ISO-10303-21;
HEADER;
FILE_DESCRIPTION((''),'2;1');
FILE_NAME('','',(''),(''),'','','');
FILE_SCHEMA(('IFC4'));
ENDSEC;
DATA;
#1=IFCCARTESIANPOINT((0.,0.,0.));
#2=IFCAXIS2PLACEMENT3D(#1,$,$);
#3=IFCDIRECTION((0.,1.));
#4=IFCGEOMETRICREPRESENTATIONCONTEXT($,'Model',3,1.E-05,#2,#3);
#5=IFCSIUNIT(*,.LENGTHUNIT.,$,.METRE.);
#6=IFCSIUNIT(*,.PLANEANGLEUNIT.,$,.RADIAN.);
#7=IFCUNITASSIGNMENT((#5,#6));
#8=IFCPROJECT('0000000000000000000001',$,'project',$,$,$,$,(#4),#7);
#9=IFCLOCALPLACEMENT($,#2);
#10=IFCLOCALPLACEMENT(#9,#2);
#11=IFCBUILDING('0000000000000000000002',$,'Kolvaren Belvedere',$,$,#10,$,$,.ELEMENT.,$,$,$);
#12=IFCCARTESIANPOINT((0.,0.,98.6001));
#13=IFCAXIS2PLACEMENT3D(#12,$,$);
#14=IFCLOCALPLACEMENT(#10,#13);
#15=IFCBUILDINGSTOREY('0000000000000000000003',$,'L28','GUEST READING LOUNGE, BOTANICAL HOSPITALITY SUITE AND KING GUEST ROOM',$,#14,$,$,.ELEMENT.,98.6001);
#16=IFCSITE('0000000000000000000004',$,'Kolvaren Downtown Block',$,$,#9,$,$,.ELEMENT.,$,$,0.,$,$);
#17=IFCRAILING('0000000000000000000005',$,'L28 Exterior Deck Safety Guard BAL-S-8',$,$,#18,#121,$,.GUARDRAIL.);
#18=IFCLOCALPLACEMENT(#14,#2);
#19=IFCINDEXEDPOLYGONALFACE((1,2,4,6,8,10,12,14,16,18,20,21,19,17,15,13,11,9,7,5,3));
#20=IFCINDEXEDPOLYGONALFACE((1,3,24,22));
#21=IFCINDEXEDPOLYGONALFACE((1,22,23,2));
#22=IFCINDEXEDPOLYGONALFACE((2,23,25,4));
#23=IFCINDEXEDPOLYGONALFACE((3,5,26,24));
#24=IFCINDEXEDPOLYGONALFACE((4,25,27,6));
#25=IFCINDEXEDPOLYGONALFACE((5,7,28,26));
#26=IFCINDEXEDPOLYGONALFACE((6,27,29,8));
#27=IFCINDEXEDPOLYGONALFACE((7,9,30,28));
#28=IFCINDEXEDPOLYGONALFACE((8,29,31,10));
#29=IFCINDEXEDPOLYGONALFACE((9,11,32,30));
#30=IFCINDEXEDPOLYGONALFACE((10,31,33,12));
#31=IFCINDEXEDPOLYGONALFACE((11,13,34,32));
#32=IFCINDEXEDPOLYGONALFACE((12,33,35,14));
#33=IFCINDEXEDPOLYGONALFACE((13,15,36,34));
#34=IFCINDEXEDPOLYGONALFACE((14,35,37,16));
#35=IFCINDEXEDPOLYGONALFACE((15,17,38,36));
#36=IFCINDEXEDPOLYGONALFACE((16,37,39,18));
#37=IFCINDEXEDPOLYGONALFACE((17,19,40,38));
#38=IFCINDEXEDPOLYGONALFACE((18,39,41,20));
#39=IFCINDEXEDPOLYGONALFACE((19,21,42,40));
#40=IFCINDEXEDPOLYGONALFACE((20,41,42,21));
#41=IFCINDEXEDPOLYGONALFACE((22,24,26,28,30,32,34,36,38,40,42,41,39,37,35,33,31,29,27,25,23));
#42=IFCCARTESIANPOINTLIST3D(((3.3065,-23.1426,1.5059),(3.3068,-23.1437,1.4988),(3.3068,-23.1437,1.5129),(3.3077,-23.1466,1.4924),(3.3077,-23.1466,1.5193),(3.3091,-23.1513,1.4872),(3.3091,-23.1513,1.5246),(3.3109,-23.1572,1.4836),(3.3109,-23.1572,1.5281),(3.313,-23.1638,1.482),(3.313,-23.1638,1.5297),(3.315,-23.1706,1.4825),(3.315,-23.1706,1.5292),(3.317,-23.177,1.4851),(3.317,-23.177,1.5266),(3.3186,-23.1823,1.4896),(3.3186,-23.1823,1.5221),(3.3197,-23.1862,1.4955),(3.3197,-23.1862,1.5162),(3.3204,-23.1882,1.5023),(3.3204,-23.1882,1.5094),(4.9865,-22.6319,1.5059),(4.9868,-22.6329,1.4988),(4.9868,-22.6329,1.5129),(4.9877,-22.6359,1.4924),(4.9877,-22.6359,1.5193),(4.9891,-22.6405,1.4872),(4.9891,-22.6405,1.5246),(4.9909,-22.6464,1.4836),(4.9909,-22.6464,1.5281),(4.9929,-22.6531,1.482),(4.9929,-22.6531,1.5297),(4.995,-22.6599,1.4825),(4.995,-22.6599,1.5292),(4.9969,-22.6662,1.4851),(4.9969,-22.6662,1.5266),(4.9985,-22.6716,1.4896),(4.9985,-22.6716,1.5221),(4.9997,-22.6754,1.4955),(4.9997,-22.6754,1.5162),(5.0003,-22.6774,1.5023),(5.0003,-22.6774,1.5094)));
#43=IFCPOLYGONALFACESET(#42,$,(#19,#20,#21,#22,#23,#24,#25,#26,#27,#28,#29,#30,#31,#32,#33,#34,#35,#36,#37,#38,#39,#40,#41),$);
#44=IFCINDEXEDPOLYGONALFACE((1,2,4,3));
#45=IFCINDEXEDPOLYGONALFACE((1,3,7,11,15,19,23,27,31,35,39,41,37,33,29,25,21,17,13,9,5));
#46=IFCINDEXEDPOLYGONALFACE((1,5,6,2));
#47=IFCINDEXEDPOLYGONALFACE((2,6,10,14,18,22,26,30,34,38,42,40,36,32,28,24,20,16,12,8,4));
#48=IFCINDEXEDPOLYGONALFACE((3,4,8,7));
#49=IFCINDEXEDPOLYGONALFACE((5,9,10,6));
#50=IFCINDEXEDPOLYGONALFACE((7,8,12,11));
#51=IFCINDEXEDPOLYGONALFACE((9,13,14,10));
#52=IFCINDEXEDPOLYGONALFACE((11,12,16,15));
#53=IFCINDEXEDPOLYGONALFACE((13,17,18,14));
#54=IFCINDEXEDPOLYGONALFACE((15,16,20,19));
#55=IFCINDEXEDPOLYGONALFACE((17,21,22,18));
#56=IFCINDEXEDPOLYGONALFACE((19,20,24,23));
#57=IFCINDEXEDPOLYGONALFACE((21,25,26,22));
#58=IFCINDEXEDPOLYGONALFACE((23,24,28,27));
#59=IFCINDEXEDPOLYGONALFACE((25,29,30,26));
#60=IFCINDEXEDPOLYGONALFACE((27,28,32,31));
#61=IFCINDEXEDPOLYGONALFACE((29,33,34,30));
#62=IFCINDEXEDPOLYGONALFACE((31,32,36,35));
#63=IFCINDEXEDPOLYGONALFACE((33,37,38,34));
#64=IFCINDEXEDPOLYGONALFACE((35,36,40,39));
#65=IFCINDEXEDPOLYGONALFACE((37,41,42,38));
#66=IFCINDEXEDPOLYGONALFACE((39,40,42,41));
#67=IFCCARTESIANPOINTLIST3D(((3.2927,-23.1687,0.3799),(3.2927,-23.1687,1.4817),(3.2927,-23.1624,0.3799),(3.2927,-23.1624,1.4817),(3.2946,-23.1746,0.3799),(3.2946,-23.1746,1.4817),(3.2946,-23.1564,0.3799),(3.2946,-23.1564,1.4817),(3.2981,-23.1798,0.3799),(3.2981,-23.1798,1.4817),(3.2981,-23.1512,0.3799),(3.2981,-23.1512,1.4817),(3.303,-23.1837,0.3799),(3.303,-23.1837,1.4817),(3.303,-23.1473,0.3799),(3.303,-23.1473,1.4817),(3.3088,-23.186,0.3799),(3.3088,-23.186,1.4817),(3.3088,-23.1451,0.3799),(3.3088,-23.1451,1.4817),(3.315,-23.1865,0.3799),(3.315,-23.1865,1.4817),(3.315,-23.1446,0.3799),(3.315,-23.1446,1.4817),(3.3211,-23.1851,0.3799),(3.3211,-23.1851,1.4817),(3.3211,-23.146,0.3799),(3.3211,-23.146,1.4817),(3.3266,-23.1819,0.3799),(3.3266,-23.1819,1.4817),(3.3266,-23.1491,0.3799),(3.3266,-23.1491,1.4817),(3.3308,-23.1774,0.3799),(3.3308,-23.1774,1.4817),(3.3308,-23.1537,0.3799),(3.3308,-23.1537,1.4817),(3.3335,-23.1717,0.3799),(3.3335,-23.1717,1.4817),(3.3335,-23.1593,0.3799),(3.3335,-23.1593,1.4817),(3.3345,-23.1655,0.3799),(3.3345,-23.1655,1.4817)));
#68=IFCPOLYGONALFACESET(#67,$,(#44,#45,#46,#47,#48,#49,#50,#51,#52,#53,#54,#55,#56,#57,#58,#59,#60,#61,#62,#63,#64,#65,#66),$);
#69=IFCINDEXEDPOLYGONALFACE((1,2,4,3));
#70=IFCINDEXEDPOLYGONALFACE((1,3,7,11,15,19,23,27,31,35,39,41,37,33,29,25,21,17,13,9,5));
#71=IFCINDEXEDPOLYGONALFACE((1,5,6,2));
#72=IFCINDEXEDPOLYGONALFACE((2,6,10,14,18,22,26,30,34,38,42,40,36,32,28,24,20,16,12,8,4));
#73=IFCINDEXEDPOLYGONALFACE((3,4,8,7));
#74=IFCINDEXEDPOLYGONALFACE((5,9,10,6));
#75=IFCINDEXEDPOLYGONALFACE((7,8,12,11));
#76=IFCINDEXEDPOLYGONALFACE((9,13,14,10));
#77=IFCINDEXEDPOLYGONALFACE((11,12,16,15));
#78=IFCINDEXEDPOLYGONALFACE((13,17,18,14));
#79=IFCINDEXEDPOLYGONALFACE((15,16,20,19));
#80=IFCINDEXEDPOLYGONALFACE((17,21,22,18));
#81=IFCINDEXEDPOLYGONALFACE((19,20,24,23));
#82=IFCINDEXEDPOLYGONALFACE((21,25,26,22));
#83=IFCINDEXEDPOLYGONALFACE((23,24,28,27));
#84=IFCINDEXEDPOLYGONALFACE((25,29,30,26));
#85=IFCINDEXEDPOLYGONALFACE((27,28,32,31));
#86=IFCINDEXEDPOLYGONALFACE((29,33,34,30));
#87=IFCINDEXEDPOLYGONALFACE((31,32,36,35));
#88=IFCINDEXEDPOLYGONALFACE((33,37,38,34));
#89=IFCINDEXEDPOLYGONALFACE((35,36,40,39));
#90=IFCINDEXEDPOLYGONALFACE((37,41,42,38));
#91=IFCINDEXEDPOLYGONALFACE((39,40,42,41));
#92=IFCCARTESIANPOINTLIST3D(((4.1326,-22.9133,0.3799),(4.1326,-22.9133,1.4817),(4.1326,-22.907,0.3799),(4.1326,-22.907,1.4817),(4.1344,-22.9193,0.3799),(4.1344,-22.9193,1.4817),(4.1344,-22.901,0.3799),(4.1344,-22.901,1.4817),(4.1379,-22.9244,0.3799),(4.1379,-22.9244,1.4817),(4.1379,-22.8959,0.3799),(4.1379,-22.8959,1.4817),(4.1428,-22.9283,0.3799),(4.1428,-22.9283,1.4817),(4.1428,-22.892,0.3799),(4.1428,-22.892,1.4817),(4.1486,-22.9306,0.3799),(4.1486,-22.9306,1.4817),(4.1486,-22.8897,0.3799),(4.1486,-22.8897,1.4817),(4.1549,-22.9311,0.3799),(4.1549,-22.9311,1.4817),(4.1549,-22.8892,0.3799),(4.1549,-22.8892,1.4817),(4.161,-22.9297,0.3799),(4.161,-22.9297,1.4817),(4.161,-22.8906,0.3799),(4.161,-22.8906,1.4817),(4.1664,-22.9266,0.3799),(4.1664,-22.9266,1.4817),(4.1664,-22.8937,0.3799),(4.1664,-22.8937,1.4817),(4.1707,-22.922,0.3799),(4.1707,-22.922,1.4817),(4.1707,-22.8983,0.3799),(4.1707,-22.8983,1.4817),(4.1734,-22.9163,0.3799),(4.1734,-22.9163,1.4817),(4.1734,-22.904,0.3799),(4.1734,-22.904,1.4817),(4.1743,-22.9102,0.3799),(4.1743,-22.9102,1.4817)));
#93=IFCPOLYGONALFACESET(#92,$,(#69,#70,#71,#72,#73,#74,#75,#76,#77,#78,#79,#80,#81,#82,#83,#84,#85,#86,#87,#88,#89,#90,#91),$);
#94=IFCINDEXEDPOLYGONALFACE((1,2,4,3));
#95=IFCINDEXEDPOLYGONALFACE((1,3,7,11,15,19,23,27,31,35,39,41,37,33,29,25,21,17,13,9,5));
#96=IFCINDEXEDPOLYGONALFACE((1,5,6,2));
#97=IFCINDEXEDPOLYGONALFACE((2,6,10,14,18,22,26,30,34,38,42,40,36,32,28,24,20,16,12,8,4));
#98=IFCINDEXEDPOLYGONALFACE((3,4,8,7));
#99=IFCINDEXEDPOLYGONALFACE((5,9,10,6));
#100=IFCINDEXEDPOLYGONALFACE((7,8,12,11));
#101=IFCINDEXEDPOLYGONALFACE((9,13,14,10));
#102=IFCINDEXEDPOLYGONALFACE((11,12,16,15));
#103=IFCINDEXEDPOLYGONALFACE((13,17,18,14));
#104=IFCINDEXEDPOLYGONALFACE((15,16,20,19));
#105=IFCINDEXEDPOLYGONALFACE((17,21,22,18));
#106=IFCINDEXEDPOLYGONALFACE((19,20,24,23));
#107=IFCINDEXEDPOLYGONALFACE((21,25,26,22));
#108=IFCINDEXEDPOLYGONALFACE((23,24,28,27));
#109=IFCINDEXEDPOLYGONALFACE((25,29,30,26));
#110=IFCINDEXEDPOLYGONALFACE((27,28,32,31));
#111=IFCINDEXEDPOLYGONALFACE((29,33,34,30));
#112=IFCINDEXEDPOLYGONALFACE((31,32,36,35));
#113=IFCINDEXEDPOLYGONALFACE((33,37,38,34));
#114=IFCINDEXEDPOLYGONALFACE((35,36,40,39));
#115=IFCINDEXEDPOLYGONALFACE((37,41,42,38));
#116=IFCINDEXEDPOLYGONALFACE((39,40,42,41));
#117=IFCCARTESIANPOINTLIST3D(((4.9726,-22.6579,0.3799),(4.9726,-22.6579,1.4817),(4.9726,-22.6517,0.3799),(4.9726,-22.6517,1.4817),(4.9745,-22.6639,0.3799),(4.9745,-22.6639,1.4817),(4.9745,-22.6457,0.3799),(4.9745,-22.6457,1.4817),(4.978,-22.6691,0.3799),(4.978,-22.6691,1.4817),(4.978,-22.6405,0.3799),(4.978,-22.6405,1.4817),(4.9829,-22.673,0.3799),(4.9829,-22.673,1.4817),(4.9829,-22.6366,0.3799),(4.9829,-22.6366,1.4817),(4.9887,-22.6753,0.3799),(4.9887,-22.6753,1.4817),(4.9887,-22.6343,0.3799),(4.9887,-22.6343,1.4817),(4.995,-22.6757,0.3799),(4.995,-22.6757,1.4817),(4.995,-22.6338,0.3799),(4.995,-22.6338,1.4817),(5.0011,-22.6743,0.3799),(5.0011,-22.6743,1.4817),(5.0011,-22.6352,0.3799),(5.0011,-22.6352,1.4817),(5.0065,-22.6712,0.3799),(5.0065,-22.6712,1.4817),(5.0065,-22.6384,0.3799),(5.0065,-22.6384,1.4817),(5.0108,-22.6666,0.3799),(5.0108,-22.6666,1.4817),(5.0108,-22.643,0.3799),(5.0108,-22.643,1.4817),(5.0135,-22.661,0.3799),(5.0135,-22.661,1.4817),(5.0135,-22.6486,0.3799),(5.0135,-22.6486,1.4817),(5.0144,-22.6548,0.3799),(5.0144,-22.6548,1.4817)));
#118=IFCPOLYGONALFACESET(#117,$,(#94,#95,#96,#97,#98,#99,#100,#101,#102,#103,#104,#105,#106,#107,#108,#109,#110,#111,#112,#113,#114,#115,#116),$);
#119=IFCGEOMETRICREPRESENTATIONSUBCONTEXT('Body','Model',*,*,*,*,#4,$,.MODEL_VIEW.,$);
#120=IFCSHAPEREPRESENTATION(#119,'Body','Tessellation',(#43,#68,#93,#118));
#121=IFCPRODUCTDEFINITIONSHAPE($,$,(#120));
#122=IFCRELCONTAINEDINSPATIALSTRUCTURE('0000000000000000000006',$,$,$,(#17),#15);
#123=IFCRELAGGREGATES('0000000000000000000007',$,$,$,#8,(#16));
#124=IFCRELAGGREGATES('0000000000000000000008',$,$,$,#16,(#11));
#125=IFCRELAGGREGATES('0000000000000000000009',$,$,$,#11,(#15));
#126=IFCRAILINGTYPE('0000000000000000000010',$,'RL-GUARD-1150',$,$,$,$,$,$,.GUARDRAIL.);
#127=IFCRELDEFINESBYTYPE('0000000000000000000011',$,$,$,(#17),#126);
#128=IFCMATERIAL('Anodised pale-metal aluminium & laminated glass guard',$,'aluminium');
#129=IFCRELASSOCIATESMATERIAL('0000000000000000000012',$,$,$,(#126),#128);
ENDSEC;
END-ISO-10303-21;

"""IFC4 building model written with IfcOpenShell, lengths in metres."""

from ifc_helpers import new_model, si_unit, direction, frame, origin, origin_2d, place, context, subcontext, project, spatial, circle, extrude, material, type_object, element, save


model = new_model("IFC4")

# Units and contexts
model_context = context("Model", 3, precision=1e-05, world=origin(), true_north=direction((0.0, 1.0)))
body_context = subcontext(model_context, "Body", "Model", "MODEL_VIEW")
ifc_project = project(units=[si_unit("LENGTHUNIT", "METRE"), si_unit("PLANEANGLEUNIT", "RADIAN")], contexts=[model_context])

# Site, building, storey
site_placement = place(None, origin())
site = spatial("IfcSite", under=ifc_project, at=site_placement, Name="Kolvaren Downtown Block", CompositionType="ELEMENT", RefElevation=0.0)
building_placement = place(site_placement, origin())
building = spatial("IfcBuilding", under=site, at=building_placement, Name="Kolvaren Belvedere", CompositionType="ELEMENT")
storey_placement = place(building_placement, frame((0.0, 0.0, 98.6001)))
storey = spatial("IfcBuildingStorey", under=building, at=storey_placement, Name="L28", Description="GUEST READING LOUNGE, BOTANICAL HOSPITALITY SUITE AND KING GUEST ROOM", CompositionType="ELEMENT", Elevation=98.6001)

# Railing
ifc_material_1 = material(Name="Anodised pale-metal aluminium & laminated glass guard", Category="aluminium")
railing_type = type_object("IfcRailingType", Name="RL-GUARD-1150", PredefinedType="GUARDRAIL", material=ifc_material_1)
railing_1_placement = place(storey_placement, frame((3.3135, -23.1655, 0.3799)))
element("IfcRailing", 1, at=railing_1_placement, inside=storey, type_object=railing_type, Name="L28 Exterior Deck Safety Guard BAL-S-8", PredefinedType="GUARDRAIL", context=body_context, shape_type="SweptSolid", body=[
    extrude(circle(Radius=0.0239, at=origin_2d()), frame((0.0, 0.0, 1.126), z_axis=(0.95676, 0.290879, 0.0), x_axis=(-0.290879, 0.95676, 0.0)), (0.0, 0.0, 1.0), 1.7559),
    extrude(circle(Radius=0.021, at=origin_2d()), origin(), (0.0, 0.0, 1.0), 1.1018),
    extrude(circle(Radius=0.021, at=origin_2d()), frame((0.8398, 0.2554, 0.0)), (0.0, 0.0, 1.0), 1.1018),
    extrude(circle(Radius=0.021, at=origin_2d()), frame((1.6799, 0.5107, 0.0)), (0.0, 0.0, 1.0), 1.1018),
])

save(model, "model.ifc")
